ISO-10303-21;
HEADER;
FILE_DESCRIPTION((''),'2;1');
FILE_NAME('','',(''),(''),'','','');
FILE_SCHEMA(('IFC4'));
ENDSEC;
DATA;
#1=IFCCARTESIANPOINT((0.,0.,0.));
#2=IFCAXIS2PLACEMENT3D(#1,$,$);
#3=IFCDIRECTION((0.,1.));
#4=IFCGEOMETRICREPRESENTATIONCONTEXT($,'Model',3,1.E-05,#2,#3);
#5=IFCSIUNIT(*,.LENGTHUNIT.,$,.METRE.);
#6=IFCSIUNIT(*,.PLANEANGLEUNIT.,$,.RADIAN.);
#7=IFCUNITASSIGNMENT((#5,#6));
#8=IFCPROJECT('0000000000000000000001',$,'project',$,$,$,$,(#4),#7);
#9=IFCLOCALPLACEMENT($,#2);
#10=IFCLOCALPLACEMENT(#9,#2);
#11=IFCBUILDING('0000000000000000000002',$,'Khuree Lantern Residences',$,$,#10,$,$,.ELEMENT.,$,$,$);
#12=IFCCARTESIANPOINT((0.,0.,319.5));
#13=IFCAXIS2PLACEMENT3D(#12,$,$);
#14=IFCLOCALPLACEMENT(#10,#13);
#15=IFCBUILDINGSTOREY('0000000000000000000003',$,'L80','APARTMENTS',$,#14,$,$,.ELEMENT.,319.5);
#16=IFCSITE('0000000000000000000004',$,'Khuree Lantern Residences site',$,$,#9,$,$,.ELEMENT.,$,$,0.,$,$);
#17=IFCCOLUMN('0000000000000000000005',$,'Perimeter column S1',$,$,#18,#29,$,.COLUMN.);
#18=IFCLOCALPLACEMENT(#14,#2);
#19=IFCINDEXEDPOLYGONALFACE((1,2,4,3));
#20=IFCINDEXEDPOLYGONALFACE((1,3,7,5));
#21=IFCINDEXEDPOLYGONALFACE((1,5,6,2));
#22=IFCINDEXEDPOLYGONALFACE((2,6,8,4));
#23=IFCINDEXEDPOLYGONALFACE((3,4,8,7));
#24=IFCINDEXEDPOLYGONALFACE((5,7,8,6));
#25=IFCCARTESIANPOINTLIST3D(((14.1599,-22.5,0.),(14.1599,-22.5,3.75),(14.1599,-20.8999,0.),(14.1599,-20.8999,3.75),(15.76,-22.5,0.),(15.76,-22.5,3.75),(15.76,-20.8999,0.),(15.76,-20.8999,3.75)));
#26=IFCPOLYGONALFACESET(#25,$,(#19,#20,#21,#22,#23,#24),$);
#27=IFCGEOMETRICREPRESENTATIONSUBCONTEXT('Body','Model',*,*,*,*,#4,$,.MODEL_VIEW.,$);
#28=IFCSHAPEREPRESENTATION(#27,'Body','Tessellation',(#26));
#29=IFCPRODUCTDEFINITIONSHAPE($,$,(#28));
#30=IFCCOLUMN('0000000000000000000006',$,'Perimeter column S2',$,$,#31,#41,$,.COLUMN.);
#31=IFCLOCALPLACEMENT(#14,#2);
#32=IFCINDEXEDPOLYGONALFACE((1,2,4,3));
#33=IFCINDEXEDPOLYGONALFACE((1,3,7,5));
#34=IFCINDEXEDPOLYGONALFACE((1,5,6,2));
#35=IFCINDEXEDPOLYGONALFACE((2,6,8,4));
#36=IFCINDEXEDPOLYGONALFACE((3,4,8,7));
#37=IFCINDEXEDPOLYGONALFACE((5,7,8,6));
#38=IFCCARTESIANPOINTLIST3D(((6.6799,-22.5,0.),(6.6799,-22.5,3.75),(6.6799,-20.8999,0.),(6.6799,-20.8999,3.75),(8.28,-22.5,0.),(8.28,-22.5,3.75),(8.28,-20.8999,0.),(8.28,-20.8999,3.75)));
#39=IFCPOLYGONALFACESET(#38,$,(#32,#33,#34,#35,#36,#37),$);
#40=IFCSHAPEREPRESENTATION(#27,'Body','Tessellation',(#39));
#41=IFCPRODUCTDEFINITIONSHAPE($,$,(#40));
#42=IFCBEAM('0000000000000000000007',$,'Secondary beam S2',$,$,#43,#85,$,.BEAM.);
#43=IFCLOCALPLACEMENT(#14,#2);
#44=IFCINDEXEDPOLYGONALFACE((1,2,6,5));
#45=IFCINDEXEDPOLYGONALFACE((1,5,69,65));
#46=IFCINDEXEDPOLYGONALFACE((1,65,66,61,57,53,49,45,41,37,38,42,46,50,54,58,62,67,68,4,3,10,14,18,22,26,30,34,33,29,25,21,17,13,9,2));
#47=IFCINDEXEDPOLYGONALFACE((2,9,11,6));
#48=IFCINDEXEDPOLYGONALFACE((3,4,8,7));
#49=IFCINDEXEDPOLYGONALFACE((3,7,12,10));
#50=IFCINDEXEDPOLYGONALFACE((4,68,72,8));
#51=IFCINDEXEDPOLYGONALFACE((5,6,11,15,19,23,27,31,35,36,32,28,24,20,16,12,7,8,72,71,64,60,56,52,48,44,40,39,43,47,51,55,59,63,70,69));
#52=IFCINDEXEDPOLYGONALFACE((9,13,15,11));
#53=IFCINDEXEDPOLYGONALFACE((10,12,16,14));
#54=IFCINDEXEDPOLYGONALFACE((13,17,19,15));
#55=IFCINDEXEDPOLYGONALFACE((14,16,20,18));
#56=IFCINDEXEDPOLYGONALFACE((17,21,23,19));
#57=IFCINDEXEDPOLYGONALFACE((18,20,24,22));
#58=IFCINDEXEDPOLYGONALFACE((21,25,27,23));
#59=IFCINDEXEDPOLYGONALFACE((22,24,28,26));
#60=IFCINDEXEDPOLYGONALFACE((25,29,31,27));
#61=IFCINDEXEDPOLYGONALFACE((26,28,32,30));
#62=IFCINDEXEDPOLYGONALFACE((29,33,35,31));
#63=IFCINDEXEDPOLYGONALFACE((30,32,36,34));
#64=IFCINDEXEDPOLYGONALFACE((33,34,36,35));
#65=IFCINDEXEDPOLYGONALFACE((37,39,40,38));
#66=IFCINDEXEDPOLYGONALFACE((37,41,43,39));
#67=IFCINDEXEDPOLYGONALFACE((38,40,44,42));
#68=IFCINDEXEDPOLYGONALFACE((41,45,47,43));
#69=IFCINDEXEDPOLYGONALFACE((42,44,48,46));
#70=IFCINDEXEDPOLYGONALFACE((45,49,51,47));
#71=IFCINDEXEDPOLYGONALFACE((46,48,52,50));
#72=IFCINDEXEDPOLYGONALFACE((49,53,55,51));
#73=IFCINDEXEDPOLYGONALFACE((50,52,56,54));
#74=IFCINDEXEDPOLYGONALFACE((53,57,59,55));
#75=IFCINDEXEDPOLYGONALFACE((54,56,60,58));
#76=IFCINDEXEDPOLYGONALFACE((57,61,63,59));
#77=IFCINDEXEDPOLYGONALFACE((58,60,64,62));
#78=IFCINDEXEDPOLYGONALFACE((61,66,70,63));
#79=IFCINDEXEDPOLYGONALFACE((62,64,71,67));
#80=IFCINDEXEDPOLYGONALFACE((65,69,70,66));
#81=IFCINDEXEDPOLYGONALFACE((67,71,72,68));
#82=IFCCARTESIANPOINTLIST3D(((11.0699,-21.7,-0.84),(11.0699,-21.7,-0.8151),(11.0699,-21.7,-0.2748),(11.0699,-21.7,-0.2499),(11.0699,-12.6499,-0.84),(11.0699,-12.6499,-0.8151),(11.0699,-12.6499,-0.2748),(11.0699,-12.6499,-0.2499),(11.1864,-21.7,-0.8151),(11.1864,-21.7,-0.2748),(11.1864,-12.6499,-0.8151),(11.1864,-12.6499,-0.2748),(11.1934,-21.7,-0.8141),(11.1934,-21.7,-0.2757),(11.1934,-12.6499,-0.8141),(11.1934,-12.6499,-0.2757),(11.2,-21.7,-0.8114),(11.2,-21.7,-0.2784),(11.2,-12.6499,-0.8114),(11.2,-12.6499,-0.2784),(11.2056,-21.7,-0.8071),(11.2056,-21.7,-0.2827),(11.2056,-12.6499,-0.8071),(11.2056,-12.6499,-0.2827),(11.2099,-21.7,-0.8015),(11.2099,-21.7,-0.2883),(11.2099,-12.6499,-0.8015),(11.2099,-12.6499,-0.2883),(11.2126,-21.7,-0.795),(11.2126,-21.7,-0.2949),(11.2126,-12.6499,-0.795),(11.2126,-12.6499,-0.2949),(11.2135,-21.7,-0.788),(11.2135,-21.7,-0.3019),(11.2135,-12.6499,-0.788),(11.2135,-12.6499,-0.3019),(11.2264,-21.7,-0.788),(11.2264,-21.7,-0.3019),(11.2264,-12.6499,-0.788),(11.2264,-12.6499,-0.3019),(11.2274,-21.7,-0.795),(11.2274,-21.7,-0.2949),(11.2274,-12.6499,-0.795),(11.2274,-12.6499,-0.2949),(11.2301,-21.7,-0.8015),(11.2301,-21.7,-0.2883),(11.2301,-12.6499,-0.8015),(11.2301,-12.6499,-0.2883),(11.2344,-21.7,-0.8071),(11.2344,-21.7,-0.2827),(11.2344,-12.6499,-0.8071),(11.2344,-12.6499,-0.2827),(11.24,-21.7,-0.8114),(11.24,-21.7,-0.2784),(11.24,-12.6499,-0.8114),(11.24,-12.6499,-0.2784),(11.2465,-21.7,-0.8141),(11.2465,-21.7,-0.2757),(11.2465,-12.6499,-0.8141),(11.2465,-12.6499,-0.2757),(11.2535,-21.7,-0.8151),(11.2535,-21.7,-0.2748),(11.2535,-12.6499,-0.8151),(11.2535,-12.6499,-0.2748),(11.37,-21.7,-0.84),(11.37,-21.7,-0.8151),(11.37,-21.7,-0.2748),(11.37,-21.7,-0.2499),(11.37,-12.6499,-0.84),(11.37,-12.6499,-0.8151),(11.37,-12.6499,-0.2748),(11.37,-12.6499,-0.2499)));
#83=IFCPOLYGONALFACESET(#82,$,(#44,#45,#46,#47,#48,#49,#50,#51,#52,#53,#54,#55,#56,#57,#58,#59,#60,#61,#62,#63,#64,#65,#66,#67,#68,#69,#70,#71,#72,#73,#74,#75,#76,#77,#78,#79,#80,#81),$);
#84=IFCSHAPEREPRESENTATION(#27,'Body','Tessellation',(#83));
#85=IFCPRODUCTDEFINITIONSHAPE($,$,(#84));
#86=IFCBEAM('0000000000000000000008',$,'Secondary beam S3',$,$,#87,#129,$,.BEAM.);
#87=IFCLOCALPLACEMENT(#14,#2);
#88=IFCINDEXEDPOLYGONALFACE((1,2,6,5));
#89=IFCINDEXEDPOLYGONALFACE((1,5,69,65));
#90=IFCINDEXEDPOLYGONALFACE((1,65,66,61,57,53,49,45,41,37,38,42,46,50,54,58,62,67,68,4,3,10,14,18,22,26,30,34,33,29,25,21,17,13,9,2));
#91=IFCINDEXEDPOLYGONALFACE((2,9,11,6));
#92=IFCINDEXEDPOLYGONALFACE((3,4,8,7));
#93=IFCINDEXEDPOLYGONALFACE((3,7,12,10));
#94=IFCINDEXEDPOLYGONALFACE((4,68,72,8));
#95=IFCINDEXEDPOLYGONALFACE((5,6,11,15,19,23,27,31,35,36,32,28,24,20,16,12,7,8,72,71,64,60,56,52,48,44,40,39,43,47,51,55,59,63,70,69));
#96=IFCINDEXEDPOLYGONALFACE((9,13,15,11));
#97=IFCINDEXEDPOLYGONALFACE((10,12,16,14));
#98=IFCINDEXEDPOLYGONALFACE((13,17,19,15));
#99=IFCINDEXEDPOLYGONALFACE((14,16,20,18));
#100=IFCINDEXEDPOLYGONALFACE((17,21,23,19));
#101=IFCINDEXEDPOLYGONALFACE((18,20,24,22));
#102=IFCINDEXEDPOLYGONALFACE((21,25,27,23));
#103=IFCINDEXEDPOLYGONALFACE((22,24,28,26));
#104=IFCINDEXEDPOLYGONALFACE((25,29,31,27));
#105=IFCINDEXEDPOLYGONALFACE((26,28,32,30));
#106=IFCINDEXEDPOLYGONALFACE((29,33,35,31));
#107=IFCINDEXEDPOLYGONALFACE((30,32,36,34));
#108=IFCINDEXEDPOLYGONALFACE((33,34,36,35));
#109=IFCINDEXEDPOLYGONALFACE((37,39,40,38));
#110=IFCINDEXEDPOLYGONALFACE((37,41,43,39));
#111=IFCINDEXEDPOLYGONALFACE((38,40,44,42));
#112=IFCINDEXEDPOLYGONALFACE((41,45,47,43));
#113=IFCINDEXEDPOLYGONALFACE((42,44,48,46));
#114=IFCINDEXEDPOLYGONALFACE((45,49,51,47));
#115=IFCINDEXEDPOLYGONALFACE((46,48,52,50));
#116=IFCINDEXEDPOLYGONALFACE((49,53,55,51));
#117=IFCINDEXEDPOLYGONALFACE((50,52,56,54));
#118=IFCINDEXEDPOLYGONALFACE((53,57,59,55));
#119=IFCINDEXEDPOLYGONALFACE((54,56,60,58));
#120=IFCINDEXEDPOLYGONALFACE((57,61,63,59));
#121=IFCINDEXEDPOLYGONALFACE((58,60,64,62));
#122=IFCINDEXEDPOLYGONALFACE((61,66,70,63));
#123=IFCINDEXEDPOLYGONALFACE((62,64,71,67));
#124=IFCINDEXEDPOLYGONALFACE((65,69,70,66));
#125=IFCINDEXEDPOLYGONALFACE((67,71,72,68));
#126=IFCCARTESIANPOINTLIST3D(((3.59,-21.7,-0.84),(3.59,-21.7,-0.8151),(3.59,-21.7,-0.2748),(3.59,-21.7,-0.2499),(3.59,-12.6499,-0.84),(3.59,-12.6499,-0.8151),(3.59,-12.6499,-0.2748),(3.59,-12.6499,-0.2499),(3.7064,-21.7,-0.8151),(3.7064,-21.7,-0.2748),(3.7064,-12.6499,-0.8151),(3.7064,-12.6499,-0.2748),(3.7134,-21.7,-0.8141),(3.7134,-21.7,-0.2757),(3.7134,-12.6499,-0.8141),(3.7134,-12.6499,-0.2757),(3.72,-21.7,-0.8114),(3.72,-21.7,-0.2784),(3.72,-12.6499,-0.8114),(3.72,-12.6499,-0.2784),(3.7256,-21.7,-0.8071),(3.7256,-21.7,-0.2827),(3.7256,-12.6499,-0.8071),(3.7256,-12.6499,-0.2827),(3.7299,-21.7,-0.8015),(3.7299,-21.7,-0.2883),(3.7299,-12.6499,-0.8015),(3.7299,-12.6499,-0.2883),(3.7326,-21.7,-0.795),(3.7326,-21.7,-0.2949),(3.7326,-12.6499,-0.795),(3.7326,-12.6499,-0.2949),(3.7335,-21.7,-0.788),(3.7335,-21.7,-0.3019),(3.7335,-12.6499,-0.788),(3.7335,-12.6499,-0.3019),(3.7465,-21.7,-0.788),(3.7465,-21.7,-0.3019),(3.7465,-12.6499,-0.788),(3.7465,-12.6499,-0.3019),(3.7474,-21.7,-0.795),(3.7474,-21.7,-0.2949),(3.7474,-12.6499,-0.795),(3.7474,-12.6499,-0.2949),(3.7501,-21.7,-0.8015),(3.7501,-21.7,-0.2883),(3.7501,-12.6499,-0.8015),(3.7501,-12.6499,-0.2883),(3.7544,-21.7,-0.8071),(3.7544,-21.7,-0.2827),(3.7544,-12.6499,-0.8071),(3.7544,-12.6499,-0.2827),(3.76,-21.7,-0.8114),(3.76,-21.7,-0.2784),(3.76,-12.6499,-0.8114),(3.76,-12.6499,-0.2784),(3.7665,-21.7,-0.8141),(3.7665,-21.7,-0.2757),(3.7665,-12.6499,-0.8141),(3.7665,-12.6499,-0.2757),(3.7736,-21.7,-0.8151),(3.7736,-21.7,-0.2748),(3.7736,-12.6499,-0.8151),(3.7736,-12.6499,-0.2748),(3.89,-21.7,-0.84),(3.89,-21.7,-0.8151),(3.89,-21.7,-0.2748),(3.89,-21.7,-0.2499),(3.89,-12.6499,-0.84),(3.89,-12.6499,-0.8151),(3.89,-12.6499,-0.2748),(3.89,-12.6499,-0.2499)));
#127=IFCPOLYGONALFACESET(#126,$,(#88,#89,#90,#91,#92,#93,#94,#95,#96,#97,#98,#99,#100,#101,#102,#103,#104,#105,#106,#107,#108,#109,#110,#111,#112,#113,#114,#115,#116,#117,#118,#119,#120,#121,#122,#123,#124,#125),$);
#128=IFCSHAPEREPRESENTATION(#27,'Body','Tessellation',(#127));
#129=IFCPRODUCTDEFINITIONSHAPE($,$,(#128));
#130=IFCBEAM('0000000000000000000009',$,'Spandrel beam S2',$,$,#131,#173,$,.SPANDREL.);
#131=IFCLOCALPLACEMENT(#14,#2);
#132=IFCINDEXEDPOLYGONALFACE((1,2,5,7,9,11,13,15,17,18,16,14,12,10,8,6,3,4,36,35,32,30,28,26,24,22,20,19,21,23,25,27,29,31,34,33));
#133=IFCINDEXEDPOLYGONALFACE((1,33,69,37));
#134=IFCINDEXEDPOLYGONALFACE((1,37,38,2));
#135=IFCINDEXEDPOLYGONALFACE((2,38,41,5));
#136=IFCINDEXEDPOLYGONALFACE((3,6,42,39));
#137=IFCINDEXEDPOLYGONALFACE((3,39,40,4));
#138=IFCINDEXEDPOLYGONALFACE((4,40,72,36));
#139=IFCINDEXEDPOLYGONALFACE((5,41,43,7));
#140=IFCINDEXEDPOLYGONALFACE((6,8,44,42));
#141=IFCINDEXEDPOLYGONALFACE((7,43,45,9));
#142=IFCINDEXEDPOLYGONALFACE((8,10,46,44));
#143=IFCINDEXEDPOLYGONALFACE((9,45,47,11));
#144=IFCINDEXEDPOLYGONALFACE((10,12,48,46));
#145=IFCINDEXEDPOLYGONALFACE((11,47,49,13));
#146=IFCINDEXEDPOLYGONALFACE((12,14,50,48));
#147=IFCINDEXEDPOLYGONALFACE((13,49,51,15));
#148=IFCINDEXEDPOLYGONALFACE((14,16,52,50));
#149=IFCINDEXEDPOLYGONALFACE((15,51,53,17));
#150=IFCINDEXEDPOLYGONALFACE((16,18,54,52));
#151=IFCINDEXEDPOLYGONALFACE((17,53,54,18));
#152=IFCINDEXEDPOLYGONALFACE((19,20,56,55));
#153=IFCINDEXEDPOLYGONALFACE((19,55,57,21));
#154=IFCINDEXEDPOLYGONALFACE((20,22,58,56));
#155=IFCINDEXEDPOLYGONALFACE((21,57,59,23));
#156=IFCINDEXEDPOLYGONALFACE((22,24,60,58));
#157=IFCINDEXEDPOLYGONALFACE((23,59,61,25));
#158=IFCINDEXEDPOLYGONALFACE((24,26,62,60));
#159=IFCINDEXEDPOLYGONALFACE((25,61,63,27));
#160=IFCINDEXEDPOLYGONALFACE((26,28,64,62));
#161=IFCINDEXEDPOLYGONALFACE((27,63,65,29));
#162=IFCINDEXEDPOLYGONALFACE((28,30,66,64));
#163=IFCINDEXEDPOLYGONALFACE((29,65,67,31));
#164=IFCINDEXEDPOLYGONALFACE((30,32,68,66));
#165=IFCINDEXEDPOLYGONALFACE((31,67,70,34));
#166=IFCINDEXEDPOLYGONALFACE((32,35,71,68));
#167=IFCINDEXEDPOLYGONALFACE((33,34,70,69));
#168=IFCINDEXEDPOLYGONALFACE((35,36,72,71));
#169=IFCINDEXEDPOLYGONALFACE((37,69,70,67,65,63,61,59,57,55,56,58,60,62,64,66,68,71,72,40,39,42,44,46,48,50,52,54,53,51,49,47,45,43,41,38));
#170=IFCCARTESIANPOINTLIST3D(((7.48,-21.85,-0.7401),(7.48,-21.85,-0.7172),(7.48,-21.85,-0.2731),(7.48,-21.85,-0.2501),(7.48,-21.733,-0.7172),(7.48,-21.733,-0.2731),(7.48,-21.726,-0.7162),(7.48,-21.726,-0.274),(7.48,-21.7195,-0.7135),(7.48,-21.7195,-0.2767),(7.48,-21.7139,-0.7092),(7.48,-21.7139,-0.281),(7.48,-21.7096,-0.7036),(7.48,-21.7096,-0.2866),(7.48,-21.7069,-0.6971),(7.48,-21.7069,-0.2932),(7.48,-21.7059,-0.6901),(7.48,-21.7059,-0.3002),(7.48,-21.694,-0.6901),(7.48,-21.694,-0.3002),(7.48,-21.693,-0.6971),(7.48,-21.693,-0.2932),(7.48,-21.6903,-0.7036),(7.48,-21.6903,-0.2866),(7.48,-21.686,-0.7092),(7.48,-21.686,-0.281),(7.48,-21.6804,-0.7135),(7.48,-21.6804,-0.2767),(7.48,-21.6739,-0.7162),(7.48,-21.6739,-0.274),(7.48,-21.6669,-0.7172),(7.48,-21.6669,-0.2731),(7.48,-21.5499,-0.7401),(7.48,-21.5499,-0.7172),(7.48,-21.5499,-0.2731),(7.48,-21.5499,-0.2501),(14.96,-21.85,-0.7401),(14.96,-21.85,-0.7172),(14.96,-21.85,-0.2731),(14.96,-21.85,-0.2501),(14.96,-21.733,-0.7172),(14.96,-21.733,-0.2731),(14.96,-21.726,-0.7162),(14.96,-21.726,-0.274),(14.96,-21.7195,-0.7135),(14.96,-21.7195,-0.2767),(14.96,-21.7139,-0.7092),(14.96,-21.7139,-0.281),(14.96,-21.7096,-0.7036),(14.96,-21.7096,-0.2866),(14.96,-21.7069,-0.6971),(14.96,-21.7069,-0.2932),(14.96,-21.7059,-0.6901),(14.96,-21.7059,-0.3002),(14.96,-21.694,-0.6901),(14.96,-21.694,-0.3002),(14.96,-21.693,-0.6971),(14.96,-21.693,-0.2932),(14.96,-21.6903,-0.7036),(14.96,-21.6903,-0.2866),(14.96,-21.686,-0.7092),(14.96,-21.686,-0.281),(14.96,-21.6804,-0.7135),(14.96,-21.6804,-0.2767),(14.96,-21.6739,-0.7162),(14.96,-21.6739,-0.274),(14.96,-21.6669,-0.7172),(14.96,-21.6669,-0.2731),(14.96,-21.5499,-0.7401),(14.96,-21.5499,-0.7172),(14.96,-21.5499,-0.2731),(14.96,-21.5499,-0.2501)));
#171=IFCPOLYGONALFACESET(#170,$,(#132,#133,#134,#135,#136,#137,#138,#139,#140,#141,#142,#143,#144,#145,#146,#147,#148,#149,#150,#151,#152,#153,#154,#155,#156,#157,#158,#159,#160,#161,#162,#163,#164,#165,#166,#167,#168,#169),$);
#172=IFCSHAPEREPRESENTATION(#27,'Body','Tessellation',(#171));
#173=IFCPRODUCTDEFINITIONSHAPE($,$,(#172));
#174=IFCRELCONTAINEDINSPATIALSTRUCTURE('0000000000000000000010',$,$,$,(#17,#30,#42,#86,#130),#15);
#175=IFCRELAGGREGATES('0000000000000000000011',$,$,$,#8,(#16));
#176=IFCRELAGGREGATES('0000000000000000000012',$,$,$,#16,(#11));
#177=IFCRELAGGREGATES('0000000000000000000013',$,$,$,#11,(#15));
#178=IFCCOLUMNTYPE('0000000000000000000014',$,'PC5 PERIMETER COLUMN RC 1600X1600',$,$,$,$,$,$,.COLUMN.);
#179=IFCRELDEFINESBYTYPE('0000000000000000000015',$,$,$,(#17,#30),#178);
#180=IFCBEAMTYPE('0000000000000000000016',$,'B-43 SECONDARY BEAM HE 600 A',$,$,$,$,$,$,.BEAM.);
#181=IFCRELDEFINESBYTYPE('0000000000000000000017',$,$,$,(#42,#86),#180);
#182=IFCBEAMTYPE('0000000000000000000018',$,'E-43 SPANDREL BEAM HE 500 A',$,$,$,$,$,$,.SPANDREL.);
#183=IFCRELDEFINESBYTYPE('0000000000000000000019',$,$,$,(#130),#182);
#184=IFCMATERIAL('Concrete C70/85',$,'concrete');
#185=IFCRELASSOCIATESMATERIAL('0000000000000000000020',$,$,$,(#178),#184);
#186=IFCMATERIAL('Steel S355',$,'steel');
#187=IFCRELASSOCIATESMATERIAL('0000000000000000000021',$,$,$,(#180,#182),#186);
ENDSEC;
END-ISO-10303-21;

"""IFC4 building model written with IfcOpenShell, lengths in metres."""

from ifc_helpers import new_model, si_unit, direction, frame, origin, origin_2d, place, context, subcontext, project, spatial, rectangle, i_section, extrude, material, material_profile, profile_set, type_object, element, save


model = new_model("IFC4")

# Units and contexts
model_context = context("Model", 3, precision=1e-05, world=origin(), true_north=direction((0.0, 1.0)))
body_context = subcontext(model_context, "Body", "Model", "MODEL_VIEW")
ifc_project = project(units=[si_unit("LENGTHUNIT", "METRE"), si_unit("PLANEANGLEUNIT", "RADIAN")], contexts=[model_context])

# Site, building, storey
site_placement = place(None, origin())
site = spatial("IfcSite", under=ifc_project, at=site_placement, Name="Khuree Lantern Residences site", CompositionType="ELEMENT", RefElevation=0.0)
building_placement = place(site_placement, origin())
building = spatial("IfcBuilding", under=site, at=building_placement, Name="Khuree Lantern Residences", CompositionType="ELEMENT")
storey_placement = place(building_placement, frame((0.0, 0.0, 319.5)))
storey = spatial("IfcBuildingStorey", under=building, at=storey_placement, Name="L80", Description="APARTMENTS", CompositionType="ELEMENT", Elevation=319.5)

# Columns
ifc_material_1 = material(Name="Concrete C70/85", Category="concrete")
ifc_material_profile_1 = material_profile(ifc_material_1, rectangle(XDim=1.6001, YDim=1.6001, at=origin_2d()), Name="RC 1600X1600")
ifc_profile_set_1 = profile_set([ifc_material_profile_1], Name="Concrete C70/85")
column_type = type_object("IfcColumnType", Name="PC5 PERIMETER COLUMN RC 1600X1600", PredefinedType="COLUMN", material=ifc_profile_set_1)
for number, where, z_axis, x_axis, name in (
    (1, (14.96, -21.7, 0.0), (0.0, 0.0, 1.0), (1.0, 0.0, 0.0), "Perimeter column S1"),
    (2, (7.48, -21.7, 0.0), (0.0, 0.0, 1.0), (1.0, 0.0, 0.0), "Perimeter column S2"),
):
    element("IfcColumn", number, at=place(storey_placement, frame(where, z_axis=z_axis, x_axis=x_axis)), inside=storey, type_object=column_type, Name=name, PredefinedType="COLUMN", context=body_context, shape_type="SweptSolid", body=[
        extrude(rectangle(XDim=1.6001, YDim=1.6001, at=origin_2d()), origin(), (0.0, 0.0, 1.0), 3.75),
    ])

# Beams
ifc_material_2 = material(Name="Steel S355", Category="steel")
ifc_material_profile_2 = material_profile(ifc_material_2, i_section(OverallWidth=0.3, OverallDepth=0.5901, WebThickness=0.0129, FlangeThickness=0.0249, FilletRadius=0.0271, at=origin_2d()), Name="HE 600 A")
ifc_profile_set_2 = profile_set([ifc_material_profile_2], Name="Steel S355")
beam_type_1 = type_object("IfcBeamType", Name="B-43 SECONDARY BEAM HE 600 A", PredefinedType="BEAM", material=ifc_profile_set_2)
for number, where, z_axis, x_axis, name in (
    (3, (11.22, -21.7, -0.5449), (0.0, 1.0, 0.0), (-1.0, 0.0, 0.0), "Secondary beam S2"),
    (4, (3.74, -21.7, -0.5449), (0.0, 1.0, 0.0), (-1.0, 0.0, 0.0), "Secondary beam S3"),
):
    element("IfcBeam", number, at=place(storey_placement, frame(where, z_axis=z_axis, x_axis=x_axis)), inside=storey, type_object=beam_type_1, Name=name, PredefinedType="BEAM", context=body_context, shape_type="SweptSolid", body=[
        extrude(i_section(OverallWidth=0.3, OverallDepth=0.5901, WebThickness=0.0129, FlangeThickness=0.0249, FilletRadius=0.0271, at=origin_2d()), origin(), (0.0, 0.0, 1.0), 9.05),
    ])
ifc_material_profile_3 = material_profile(ifc_material_2, i_section(OverallWidth=0.3, OverallDepth=0.49, WebThickness=0.012, FlangeThickness=0.0229, FilletRadius=0.0271, at=origin_2d()), Name="HE 500 A")
ifc_profile_set_3 = profile_set([ifc_material_profile_3], Name="Steel S355")
beam_type_2 = type_object("IfcBeamType", Name="E-43 SPANDREL BEAM HE 500 A", PredefinedType="SPANDREL", material=ifc_profile_set_3)
for number, where, z_axis, x_axis, name in (
    (5, (14.96, -21.7, -0.4951), (-1.0, 0.0, 0.0), (0.0, -1.0, 0.0), "Spandrel beam S2"),
):
    element("IfcBeam", number, at=place(storey_placement, frame(where, z_axis=z_axis, x_axis=x_axis)), inside=storey, type_object=beam_type_2, Name=name, PredefinedType="SPANDREL", context=body_context, shape_type="SweptSolid", body=[
        extrude(i_section(OverallWidth=0.3, OverallDepth=0.49, WebThickness=0.012, FlangeThickness=0.0229, FilletRadius=0.0271, at=origin_2d()), origin(), (0.0, 0.0, 1.0), 7.48),
    ])

save(model, "model.ifc")
